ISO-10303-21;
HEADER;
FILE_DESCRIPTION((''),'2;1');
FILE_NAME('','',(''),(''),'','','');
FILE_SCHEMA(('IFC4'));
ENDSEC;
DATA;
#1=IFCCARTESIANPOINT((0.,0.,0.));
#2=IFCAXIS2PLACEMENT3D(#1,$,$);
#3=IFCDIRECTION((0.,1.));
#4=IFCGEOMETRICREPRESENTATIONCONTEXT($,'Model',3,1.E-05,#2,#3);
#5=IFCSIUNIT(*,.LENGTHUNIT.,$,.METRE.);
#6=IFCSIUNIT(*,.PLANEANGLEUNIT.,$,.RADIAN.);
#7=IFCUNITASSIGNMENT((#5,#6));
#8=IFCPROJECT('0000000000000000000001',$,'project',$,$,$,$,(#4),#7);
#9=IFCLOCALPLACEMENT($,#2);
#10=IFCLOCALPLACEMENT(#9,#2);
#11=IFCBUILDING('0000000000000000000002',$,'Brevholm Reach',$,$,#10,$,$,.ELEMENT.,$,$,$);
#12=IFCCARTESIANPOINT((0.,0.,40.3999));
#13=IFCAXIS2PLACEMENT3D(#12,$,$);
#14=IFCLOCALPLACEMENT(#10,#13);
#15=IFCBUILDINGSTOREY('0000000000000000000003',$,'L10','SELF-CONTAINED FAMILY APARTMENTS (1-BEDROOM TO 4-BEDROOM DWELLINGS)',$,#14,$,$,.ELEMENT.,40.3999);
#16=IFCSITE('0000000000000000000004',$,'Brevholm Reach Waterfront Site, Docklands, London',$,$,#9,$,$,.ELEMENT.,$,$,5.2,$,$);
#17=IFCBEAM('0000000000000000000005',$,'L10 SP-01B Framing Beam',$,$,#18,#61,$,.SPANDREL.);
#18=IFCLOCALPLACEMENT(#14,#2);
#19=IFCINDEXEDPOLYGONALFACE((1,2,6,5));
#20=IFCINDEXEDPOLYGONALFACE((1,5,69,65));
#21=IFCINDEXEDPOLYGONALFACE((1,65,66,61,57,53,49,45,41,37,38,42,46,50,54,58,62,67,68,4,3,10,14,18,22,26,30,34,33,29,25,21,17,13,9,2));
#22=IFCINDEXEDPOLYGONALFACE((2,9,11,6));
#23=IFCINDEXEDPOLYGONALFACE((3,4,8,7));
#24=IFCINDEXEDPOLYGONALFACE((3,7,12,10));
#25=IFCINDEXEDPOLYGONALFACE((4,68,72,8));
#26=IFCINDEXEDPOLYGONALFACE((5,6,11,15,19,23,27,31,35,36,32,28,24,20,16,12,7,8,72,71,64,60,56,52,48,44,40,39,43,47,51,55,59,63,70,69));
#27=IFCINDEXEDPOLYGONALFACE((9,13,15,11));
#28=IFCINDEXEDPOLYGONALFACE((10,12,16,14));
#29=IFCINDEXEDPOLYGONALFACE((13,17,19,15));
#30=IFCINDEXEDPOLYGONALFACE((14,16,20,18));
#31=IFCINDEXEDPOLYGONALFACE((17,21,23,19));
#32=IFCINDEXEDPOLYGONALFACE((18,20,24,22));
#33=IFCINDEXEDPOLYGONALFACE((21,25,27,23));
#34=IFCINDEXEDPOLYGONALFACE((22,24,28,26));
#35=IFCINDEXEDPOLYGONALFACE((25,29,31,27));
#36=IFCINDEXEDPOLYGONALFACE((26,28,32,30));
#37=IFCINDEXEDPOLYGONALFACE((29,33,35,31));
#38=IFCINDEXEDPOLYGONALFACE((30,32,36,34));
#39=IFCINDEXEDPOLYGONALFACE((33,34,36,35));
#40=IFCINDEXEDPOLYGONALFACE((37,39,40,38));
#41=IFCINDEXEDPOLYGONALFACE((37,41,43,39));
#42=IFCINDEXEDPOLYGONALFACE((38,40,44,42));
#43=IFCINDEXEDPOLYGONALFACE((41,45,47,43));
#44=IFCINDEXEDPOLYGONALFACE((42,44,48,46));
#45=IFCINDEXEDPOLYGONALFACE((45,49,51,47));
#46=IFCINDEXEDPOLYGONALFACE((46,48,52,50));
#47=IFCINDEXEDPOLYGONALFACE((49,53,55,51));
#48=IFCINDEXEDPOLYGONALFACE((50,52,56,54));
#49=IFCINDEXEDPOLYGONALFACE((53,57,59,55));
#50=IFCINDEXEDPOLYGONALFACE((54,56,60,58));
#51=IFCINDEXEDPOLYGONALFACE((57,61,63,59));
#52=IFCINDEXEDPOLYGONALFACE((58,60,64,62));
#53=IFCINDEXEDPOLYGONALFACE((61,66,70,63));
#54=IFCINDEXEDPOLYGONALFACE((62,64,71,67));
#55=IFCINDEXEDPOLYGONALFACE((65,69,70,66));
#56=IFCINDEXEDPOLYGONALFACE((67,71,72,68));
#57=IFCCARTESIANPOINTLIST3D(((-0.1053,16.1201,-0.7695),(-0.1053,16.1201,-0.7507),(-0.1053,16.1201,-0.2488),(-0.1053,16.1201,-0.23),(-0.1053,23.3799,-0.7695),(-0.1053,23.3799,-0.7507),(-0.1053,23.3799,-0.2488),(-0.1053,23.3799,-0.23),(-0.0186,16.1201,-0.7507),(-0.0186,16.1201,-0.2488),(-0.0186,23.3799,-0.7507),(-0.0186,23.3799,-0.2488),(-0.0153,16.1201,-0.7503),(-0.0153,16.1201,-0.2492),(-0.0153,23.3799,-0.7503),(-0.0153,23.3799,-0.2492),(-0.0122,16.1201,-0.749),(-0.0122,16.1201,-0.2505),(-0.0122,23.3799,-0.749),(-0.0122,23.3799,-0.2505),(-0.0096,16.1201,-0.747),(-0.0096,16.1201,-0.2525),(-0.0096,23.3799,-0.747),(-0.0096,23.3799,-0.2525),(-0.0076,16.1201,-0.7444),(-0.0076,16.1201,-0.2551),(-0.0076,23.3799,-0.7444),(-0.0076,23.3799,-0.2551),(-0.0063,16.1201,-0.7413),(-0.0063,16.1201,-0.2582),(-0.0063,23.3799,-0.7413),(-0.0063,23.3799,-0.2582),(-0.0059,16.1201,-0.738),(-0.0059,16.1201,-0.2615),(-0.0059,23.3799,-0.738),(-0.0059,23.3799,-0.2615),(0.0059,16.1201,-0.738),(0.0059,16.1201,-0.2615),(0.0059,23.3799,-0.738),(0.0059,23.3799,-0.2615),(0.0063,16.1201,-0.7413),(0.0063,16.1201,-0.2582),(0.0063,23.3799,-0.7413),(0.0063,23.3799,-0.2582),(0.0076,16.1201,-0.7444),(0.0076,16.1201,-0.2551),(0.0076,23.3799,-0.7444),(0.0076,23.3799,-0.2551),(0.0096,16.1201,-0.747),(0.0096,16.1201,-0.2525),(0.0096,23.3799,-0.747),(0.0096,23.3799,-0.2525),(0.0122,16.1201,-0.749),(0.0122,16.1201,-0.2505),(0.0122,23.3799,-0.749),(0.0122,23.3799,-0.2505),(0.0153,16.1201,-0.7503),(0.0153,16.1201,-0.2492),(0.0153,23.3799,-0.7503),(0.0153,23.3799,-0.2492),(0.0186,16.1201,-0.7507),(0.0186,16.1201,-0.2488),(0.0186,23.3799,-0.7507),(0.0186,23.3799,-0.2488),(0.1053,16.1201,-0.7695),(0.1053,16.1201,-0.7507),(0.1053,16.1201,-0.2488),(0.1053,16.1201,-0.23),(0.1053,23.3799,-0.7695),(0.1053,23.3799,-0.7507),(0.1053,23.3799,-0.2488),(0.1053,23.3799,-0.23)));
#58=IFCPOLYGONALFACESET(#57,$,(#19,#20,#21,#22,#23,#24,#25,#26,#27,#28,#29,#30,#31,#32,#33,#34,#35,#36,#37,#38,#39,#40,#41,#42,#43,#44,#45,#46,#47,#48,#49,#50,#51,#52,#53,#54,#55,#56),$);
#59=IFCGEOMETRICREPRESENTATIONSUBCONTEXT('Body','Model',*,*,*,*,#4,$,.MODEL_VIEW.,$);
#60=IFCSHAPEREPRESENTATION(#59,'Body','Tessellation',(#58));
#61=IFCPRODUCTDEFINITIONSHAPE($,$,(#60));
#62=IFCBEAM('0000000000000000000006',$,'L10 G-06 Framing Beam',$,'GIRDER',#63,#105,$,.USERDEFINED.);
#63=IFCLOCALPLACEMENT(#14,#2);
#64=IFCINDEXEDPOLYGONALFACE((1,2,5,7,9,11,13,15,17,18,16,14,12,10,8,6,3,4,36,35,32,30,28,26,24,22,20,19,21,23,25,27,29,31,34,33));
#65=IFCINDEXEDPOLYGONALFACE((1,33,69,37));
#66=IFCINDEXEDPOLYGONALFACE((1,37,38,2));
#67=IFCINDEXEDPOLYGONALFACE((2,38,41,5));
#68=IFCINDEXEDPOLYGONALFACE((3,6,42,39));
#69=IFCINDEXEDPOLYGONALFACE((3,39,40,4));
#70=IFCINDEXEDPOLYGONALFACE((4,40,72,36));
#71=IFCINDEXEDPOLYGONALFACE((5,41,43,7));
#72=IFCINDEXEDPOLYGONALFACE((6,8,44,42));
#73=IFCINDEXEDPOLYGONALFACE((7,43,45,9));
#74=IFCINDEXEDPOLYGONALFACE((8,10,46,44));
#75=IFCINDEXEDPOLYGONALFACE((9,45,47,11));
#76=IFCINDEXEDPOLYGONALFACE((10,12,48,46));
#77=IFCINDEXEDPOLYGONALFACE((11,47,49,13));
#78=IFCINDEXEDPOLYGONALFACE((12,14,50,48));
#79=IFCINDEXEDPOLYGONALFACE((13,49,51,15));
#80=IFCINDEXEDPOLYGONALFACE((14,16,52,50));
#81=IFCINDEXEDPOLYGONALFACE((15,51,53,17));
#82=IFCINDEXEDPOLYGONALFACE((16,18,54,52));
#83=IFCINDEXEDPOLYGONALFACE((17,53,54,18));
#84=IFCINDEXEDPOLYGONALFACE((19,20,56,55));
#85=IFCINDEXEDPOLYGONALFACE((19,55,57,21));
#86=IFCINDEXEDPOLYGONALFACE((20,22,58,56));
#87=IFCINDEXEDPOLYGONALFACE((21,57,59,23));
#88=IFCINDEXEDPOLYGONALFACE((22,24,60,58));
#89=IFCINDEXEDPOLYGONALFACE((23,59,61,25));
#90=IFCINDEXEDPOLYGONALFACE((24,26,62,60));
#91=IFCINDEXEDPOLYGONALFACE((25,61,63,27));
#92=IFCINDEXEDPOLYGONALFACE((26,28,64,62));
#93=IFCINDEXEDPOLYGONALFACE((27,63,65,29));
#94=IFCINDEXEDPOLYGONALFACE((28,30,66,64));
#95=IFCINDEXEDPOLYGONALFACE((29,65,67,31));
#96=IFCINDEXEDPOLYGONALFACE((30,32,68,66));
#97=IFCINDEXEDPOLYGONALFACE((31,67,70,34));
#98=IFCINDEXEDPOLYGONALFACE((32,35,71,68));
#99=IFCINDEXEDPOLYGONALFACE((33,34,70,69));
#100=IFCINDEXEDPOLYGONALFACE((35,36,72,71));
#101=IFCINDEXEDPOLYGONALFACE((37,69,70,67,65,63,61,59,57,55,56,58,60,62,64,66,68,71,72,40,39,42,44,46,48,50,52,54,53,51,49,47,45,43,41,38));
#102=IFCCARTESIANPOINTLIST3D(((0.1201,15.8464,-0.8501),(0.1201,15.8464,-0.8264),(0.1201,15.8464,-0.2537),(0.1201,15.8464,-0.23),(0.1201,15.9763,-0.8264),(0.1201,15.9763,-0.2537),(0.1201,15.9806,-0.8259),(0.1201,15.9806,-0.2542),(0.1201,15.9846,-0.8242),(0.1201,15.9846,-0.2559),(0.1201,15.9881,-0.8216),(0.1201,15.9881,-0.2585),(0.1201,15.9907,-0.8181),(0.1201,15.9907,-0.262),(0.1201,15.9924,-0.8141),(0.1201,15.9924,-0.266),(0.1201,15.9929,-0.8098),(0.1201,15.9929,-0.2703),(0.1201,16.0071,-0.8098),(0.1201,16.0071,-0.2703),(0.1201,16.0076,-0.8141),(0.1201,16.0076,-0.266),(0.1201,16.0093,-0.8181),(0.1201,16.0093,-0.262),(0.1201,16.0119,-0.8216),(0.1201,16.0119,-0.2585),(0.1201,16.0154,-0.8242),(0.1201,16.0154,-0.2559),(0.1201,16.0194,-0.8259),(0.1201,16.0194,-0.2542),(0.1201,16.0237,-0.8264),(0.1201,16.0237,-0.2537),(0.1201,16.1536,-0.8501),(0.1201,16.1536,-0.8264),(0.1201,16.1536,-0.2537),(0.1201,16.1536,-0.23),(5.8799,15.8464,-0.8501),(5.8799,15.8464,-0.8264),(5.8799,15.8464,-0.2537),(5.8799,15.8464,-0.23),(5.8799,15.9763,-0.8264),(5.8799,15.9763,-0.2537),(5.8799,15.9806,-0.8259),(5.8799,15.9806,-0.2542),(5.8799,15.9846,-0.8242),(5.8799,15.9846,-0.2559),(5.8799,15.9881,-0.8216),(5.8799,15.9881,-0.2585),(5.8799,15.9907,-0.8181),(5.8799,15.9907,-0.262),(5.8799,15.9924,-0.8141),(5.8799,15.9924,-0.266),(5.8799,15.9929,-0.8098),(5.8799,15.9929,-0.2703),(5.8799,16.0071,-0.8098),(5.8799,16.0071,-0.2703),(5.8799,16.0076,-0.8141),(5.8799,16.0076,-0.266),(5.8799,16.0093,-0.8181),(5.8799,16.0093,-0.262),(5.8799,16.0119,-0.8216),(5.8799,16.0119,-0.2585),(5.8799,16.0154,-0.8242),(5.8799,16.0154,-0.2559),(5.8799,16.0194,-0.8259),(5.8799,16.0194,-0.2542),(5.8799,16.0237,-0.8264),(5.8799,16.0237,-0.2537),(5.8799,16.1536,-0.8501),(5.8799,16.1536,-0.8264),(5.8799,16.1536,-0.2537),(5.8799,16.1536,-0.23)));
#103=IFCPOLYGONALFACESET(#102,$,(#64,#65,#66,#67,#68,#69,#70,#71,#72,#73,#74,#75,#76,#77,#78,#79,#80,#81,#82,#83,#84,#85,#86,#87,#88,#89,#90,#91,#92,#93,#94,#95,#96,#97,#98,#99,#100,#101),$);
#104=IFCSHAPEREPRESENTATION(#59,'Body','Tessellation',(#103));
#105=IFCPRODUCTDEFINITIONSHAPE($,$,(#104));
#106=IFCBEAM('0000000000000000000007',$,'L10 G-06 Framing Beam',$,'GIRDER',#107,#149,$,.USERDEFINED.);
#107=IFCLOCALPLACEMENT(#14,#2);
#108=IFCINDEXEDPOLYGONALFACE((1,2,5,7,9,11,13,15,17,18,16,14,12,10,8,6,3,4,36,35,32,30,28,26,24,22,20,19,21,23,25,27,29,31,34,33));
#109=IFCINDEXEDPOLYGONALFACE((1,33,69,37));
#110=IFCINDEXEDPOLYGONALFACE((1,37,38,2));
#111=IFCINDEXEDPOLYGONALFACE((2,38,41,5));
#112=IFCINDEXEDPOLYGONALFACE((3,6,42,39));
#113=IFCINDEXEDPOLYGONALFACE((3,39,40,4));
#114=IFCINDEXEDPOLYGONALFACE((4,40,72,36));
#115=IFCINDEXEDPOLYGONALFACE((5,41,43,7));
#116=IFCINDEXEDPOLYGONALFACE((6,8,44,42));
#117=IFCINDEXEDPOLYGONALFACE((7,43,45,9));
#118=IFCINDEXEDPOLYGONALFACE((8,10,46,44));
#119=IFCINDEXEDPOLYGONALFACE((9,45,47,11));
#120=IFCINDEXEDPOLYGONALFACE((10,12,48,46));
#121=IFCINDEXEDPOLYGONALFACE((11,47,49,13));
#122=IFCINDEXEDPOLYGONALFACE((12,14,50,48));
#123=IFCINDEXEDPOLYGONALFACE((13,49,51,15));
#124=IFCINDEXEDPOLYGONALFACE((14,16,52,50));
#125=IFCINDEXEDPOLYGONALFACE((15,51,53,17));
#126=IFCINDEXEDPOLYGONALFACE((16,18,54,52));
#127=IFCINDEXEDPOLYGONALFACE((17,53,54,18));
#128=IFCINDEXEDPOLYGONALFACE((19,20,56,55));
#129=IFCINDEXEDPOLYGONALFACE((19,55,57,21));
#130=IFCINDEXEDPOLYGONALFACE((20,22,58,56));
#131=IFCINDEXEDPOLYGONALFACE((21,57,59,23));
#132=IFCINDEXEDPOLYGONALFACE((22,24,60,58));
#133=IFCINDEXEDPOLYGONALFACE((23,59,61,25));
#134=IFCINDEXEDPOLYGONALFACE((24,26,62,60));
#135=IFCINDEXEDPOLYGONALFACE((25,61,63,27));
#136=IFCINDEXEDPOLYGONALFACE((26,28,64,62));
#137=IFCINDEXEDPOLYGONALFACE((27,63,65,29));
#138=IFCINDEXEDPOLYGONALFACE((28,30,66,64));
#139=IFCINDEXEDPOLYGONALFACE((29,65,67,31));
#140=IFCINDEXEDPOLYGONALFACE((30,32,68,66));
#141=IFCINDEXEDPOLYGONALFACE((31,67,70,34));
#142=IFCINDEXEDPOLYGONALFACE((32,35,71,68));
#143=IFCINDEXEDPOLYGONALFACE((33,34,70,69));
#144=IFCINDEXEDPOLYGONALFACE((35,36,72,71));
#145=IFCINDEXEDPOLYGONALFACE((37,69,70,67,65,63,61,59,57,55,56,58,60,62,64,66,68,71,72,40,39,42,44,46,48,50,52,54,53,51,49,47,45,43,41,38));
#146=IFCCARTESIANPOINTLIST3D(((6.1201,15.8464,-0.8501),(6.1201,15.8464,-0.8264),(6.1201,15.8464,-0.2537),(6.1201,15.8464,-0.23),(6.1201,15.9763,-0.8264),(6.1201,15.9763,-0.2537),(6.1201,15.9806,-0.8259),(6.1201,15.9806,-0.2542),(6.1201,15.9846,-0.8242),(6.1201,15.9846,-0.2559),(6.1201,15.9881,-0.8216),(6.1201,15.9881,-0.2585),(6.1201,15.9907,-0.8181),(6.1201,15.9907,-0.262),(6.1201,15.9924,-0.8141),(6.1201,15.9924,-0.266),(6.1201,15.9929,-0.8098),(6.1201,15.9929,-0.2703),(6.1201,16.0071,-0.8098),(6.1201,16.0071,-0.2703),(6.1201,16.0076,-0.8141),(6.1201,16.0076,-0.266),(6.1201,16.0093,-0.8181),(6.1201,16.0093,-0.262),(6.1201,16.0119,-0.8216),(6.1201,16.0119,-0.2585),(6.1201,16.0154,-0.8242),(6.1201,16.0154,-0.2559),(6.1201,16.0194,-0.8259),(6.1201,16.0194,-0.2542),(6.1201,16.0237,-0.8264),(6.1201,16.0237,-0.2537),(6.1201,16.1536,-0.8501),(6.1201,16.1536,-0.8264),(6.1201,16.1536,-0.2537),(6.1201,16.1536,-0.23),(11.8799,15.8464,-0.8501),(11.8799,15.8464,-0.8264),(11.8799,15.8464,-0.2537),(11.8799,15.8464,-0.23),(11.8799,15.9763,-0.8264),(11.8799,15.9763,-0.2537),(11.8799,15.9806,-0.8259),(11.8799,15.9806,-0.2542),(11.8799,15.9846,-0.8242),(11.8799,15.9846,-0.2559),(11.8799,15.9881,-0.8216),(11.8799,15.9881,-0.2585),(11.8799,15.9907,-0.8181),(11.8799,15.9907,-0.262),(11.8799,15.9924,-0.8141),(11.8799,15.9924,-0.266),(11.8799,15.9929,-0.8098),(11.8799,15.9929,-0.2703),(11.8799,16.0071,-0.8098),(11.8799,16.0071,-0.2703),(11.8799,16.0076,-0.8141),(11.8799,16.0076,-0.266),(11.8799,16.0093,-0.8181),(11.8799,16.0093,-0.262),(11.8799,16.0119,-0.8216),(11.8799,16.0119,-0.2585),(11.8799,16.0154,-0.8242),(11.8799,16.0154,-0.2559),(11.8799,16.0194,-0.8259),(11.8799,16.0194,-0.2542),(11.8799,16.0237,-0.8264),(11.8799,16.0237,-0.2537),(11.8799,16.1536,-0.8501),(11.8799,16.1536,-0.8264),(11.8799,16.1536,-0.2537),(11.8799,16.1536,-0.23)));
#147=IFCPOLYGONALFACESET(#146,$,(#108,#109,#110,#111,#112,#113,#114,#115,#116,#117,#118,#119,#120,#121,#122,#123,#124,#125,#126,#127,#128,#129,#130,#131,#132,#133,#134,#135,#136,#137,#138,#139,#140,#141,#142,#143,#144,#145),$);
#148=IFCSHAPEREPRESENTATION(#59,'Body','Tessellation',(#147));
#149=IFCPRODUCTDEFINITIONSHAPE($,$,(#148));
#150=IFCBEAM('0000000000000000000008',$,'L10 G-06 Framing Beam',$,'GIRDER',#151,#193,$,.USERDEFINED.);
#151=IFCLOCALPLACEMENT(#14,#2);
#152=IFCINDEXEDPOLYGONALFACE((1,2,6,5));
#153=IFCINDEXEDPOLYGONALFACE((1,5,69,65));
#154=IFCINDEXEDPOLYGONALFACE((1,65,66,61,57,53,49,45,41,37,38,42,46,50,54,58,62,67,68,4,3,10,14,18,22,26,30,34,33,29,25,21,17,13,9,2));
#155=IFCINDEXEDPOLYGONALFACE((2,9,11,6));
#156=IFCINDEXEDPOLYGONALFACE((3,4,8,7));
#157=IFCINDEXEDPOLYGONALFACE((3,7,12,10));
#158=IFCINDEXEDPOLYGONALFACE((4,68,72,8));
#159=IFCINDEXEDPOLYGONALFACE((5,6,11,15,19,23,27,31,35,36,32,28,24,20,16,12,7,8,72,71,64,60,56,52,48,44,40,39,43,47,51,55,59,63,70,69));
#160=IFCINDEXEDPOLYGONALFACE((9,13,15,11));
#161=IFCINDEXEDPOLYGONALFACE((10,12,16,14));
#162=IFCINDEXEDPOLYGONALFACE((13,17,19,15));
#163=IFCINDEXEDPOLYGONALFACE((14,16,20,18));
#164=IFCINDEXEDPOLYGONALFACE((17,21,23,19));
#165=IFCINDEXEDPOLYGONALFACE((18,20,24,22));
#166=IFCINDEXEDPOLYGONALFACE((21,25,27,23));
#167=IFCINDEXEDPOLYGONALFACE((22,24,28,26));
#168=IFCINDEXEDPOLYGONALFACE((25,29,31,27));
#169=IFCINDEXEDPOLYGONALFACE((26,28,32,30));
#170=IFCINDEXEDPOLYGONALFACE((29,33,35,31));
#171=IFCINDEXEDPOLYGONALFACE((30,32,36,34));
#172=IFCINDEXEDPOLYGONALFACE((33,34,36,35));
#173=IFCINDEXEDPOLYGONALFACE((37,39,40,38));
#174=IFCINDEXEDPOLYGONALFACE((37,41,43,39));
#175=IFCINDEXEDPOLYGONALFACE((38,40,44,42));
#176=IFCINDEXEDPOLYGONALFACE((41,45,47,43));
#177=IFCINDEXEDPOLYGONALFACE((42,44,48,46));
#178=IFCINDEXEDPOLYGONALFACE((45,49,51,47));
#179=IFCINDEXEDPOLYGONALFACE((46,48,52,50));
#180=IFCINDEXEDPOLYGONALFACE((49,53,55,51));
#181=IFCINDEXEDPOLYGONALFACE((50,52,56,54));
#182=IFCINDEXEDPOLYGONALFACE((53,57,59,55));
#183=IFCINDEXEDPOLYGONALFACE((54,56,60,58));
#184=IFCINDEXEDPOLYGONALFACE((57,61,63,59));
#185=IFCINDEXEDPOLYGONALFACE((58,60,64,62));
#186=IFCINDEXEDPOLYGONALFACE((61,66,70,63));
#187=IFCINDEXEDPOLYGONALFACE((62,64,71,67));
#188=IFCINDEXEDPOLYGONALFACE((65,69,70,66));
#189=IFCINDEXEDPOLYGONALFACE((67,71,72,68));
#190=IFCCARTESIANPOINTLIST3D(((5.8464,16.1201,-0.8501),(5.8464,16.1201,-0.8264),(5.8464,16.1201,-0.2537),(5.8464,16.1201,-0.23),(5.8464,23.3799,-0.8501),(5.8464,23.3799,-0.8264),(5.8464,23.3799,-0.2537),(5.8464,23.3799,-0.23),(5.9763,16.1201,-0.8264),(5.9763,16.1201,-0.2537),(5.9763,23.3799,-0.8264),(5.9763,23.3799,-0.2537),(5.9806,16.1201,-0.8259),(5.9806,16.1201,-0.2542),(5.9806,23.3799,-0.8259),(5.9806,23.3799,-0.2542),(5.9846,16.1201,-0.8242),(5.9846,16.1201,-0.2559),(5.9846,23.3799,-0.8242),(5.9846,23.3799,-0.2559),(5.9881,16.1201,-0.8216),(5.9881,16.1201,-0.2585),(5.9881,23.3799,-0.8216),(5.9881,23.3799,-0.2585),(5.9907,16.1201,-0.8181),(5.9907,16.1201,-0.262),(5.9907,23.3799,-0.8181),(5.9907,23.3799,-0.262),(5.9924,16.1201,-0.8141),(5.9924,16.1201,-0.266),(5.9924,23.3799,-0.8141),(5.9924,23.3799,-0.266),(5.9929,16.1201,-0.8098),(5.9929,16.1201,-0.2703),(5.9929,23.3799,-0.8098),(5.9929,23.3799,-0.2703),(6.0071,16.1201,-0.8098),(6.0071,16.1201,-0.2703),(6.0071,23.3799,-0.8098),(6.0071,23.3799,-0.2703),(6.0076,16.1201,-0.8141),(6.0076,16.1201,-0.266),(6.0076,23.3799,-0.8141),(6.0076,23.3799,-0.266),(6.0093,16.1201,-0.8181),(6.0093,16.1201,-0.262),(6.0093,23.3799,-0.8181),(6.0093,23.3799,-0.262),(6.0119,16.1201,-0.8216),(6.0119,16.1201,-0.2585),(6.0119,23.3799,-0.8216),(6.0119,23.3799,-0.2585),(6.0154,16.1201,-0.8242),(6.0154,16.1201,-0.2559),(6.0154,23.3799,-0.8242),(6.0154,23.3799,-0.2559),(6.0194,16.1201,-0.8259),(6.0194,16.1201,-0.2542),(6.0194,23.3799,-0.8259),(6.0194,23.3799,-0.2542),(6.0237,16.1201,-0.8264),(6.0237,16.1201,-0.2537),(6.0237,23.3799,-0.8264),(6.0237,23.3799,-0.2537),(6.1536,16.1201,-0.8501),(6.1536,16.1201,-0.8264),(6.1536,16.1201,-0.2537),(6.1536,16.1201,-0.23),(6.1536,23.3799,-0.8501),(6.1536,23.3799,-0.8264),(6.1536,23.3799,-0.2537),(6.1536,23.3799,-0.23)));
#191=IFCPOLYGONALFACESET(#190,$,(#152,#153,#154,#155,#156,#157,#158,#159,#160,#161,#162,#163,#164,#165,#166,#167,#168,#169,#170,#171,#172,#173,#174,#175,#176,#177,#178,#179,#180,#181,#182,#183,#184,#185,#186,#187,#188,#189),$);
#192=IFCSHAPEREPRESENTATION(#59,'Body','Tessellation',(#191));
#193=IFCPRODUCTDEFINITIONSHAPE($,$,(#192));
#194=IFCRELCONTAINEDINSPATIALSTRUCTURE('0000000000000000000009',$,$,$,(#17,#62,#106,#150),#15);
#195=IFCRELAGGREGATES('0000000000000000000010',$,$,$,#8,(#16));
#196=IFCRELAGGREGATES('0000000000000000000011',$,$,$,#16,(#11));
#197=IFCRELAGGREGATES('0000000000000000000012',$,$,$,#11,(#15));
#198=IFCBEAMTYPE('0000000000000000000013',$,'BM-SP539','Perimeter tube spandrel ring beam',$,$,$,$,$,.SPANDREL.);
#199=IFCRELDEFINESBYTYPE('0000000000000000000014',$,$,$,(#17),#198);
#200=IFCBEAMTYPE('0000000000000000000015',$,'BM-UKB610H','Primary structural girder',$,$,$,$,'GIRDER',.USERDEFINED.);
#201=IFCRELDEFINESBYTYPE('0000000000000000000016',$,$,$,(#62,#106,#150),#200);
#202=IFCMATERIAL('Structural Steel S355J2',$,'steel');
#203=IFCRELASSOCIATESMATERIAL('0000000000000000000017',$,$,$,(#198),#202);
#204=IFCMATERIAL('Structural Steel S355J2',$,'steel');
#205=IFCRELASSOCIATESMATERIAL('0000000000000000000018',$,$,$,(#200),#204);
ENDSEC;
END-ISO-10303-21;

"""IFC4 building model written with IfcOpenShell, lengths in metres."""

from ifc_helpers import new_model, si_unit, direction, frame, origin, origin_2d, place, context, subcontext, project, spatial, i_section, extrude, material, material_profile, profile_set, type_object, element, save


model = new_model("IFC4")

# Units and contexts
model_context = context("Model", 3, precision=1e-05, world=origin(), true_north=direction((0.0, 1.0)))
body_context = subcontext(model_context, "Body", "Model", "MODEL_VIEW")
ifc_project = project(units=[si_unit("LENGTHUNIT", "METRE"), si_unit("PLANEANGLEUNIT", "RADIAN")], contexts=[model_context])

# Site, building, storey
site_placement = place(None, origin())
site = spatial("IfcSite", under=ifc_project, at=site_placement, Name="Brevholm Reach Waterfront Site, Docklands, London", CompositionType="ELEMENT", RefElevation=5.2)
building_placement = place(site_placement, origin())
building = spatial("IfcBuilding", under=site, at=building_placement, Name="Brevholm Reach", CompositionType="ELEMENT")
storey_placement = place(building_placement, frame((0.0, 0.0, 40.3999)))
storey = spatial("IfcBuildingStorey", under=building, at=storey_placement, Name="L10", Description="SELF-CONTAINED FAMILY APARTMENTS (1-BEDROOM TO 4-BEDROOM DWELLINGS)", CompositionType="ELEMENT", Elevation=40.3999)

# Beams
ifc_material_1 = material(Name="Structural Steel S355J2", Category="steel")
ifc_material_profile_1 = material_profile(ifc_material_1, i_section(OverallWidth=0.2107, OverallDepth=0.5396, WebThickness=0.0117, FlangeThickness=0.0188, FilletRadius=0.0127, at=origin_2d()), Name="UKB 533x210x109")
ifc_profile_set_1 = profile_set([ifc_material_profile_1], Name="Structural Steel S355J2")
beam_type_1 = type_object("IfcBeamType", Name="BM-SP539", Description="Perimeter tube spandrel ring beam", PredefinedType="SPANDREL", material=ifc_profile_set_1)
beam_1_placement = place(storey_placement, frame((0.0, 16.1201, -0.4998), z_axis=(0.0, 1.0, 0.0), x_axis=(-1.0, 0.0, 0.0)))
element("IfcBeam", 1, at=beam_1_placement, inside=storey, type_object=beam_type_1, Name="L10 SP-01B Framing Beam", PredefinedType="SPANDREL", context=body_context, shape_type="SweptSolid", body=[
    extrude(i_section(OverallWidth=0.2107, OverallDepth=0.5396, WebThickness=0.0117, FlangeThickness=0.0188, FilletRadius=0.0127, at=origin_2d()), origin(), (0.0, 0.0, 1.0), 7.2598),
])
ifc_material_2 = material(Name="Structural Steel S355J2", Category="steel")
ifc_material_profile_2 = material_profile(ifc_material_2, i_section(OverallWidth=0.3071, OverallDepth=0.6201, WebThickness=0.0142, FlangeThickness=0.0237, FilletRadius=0.0166, at=origin_2d()), Name="UKB 610x305x179")
ifc_profile_set_2 = profile_set([ifc_material_profile_2], Name="Structural Steel S355J2")
beam_type_2 = type_object("IfcBeamType", Name="BM-UKB610H", Description="Primary structural girder", ElementType="GIRDER", PredefinedType="USERDEFINED", material=ifc_profile_set_2)
for number, where, z_axis, x_axis, name in (
    (2, (0.1201, 16.0, -0.54), (1.0, 0.0, 0.0), (0.0, 1.0, 0.0), "L10 G-06 Framing Beam"),
    (3, (6.1201, 16.0, -0.54), (1.0, 0.0, 0.0), (0.0, 1.0, 0.0), "L10 G-06 Framing Beam"),
):
    element("IfcBeam", number, at=place(storey_placement, frame(where, z_axis=z_axis, x_axis=x_axis)), inside=storey, type_object=beam_type_2, Name=name, ObjectType="GIRDER", PredefinedType="USERDEFINED", context=body_context, shape_type="SweptSolid", body=[
        extrude(i_section(OverallWidth=0.3071, OverallDepth=0.6201, WebThickness=0.0142, FlangeThickness=0.0237, FilletRadius=0.0166, at=origin_2d()), origin(), (0.0, 0.0, 1.0), 5.7598),
    ])
beam_2_placement = place(storey_placement, frame((6.0, 16.1201, -0.54), z_axis=(0.0, 1.0, 0.0), x_axis=(-1.0, 0.0, 0.0)))
element("IfcBeam", 4, at=beam_2_placement, inside=storey, type_object=beam_type_2, Name="L10 G-06 Framing Beam", ObjectType="GIRDER", PredefinedType="USERDEFINED", context=body_context, shape_type="SweptSolid", body=[
    extrude(i_section(OverallWidth=0.3071, OverallDepth=0.6201, WebThickness=0.0142, FlangeThickness=0.0237, FilletRadius=0.0166, at=origin_2d()), origin(), (0.0, 0.0, 1.0), 7.2598),
])

save(model, "model.ifc")
